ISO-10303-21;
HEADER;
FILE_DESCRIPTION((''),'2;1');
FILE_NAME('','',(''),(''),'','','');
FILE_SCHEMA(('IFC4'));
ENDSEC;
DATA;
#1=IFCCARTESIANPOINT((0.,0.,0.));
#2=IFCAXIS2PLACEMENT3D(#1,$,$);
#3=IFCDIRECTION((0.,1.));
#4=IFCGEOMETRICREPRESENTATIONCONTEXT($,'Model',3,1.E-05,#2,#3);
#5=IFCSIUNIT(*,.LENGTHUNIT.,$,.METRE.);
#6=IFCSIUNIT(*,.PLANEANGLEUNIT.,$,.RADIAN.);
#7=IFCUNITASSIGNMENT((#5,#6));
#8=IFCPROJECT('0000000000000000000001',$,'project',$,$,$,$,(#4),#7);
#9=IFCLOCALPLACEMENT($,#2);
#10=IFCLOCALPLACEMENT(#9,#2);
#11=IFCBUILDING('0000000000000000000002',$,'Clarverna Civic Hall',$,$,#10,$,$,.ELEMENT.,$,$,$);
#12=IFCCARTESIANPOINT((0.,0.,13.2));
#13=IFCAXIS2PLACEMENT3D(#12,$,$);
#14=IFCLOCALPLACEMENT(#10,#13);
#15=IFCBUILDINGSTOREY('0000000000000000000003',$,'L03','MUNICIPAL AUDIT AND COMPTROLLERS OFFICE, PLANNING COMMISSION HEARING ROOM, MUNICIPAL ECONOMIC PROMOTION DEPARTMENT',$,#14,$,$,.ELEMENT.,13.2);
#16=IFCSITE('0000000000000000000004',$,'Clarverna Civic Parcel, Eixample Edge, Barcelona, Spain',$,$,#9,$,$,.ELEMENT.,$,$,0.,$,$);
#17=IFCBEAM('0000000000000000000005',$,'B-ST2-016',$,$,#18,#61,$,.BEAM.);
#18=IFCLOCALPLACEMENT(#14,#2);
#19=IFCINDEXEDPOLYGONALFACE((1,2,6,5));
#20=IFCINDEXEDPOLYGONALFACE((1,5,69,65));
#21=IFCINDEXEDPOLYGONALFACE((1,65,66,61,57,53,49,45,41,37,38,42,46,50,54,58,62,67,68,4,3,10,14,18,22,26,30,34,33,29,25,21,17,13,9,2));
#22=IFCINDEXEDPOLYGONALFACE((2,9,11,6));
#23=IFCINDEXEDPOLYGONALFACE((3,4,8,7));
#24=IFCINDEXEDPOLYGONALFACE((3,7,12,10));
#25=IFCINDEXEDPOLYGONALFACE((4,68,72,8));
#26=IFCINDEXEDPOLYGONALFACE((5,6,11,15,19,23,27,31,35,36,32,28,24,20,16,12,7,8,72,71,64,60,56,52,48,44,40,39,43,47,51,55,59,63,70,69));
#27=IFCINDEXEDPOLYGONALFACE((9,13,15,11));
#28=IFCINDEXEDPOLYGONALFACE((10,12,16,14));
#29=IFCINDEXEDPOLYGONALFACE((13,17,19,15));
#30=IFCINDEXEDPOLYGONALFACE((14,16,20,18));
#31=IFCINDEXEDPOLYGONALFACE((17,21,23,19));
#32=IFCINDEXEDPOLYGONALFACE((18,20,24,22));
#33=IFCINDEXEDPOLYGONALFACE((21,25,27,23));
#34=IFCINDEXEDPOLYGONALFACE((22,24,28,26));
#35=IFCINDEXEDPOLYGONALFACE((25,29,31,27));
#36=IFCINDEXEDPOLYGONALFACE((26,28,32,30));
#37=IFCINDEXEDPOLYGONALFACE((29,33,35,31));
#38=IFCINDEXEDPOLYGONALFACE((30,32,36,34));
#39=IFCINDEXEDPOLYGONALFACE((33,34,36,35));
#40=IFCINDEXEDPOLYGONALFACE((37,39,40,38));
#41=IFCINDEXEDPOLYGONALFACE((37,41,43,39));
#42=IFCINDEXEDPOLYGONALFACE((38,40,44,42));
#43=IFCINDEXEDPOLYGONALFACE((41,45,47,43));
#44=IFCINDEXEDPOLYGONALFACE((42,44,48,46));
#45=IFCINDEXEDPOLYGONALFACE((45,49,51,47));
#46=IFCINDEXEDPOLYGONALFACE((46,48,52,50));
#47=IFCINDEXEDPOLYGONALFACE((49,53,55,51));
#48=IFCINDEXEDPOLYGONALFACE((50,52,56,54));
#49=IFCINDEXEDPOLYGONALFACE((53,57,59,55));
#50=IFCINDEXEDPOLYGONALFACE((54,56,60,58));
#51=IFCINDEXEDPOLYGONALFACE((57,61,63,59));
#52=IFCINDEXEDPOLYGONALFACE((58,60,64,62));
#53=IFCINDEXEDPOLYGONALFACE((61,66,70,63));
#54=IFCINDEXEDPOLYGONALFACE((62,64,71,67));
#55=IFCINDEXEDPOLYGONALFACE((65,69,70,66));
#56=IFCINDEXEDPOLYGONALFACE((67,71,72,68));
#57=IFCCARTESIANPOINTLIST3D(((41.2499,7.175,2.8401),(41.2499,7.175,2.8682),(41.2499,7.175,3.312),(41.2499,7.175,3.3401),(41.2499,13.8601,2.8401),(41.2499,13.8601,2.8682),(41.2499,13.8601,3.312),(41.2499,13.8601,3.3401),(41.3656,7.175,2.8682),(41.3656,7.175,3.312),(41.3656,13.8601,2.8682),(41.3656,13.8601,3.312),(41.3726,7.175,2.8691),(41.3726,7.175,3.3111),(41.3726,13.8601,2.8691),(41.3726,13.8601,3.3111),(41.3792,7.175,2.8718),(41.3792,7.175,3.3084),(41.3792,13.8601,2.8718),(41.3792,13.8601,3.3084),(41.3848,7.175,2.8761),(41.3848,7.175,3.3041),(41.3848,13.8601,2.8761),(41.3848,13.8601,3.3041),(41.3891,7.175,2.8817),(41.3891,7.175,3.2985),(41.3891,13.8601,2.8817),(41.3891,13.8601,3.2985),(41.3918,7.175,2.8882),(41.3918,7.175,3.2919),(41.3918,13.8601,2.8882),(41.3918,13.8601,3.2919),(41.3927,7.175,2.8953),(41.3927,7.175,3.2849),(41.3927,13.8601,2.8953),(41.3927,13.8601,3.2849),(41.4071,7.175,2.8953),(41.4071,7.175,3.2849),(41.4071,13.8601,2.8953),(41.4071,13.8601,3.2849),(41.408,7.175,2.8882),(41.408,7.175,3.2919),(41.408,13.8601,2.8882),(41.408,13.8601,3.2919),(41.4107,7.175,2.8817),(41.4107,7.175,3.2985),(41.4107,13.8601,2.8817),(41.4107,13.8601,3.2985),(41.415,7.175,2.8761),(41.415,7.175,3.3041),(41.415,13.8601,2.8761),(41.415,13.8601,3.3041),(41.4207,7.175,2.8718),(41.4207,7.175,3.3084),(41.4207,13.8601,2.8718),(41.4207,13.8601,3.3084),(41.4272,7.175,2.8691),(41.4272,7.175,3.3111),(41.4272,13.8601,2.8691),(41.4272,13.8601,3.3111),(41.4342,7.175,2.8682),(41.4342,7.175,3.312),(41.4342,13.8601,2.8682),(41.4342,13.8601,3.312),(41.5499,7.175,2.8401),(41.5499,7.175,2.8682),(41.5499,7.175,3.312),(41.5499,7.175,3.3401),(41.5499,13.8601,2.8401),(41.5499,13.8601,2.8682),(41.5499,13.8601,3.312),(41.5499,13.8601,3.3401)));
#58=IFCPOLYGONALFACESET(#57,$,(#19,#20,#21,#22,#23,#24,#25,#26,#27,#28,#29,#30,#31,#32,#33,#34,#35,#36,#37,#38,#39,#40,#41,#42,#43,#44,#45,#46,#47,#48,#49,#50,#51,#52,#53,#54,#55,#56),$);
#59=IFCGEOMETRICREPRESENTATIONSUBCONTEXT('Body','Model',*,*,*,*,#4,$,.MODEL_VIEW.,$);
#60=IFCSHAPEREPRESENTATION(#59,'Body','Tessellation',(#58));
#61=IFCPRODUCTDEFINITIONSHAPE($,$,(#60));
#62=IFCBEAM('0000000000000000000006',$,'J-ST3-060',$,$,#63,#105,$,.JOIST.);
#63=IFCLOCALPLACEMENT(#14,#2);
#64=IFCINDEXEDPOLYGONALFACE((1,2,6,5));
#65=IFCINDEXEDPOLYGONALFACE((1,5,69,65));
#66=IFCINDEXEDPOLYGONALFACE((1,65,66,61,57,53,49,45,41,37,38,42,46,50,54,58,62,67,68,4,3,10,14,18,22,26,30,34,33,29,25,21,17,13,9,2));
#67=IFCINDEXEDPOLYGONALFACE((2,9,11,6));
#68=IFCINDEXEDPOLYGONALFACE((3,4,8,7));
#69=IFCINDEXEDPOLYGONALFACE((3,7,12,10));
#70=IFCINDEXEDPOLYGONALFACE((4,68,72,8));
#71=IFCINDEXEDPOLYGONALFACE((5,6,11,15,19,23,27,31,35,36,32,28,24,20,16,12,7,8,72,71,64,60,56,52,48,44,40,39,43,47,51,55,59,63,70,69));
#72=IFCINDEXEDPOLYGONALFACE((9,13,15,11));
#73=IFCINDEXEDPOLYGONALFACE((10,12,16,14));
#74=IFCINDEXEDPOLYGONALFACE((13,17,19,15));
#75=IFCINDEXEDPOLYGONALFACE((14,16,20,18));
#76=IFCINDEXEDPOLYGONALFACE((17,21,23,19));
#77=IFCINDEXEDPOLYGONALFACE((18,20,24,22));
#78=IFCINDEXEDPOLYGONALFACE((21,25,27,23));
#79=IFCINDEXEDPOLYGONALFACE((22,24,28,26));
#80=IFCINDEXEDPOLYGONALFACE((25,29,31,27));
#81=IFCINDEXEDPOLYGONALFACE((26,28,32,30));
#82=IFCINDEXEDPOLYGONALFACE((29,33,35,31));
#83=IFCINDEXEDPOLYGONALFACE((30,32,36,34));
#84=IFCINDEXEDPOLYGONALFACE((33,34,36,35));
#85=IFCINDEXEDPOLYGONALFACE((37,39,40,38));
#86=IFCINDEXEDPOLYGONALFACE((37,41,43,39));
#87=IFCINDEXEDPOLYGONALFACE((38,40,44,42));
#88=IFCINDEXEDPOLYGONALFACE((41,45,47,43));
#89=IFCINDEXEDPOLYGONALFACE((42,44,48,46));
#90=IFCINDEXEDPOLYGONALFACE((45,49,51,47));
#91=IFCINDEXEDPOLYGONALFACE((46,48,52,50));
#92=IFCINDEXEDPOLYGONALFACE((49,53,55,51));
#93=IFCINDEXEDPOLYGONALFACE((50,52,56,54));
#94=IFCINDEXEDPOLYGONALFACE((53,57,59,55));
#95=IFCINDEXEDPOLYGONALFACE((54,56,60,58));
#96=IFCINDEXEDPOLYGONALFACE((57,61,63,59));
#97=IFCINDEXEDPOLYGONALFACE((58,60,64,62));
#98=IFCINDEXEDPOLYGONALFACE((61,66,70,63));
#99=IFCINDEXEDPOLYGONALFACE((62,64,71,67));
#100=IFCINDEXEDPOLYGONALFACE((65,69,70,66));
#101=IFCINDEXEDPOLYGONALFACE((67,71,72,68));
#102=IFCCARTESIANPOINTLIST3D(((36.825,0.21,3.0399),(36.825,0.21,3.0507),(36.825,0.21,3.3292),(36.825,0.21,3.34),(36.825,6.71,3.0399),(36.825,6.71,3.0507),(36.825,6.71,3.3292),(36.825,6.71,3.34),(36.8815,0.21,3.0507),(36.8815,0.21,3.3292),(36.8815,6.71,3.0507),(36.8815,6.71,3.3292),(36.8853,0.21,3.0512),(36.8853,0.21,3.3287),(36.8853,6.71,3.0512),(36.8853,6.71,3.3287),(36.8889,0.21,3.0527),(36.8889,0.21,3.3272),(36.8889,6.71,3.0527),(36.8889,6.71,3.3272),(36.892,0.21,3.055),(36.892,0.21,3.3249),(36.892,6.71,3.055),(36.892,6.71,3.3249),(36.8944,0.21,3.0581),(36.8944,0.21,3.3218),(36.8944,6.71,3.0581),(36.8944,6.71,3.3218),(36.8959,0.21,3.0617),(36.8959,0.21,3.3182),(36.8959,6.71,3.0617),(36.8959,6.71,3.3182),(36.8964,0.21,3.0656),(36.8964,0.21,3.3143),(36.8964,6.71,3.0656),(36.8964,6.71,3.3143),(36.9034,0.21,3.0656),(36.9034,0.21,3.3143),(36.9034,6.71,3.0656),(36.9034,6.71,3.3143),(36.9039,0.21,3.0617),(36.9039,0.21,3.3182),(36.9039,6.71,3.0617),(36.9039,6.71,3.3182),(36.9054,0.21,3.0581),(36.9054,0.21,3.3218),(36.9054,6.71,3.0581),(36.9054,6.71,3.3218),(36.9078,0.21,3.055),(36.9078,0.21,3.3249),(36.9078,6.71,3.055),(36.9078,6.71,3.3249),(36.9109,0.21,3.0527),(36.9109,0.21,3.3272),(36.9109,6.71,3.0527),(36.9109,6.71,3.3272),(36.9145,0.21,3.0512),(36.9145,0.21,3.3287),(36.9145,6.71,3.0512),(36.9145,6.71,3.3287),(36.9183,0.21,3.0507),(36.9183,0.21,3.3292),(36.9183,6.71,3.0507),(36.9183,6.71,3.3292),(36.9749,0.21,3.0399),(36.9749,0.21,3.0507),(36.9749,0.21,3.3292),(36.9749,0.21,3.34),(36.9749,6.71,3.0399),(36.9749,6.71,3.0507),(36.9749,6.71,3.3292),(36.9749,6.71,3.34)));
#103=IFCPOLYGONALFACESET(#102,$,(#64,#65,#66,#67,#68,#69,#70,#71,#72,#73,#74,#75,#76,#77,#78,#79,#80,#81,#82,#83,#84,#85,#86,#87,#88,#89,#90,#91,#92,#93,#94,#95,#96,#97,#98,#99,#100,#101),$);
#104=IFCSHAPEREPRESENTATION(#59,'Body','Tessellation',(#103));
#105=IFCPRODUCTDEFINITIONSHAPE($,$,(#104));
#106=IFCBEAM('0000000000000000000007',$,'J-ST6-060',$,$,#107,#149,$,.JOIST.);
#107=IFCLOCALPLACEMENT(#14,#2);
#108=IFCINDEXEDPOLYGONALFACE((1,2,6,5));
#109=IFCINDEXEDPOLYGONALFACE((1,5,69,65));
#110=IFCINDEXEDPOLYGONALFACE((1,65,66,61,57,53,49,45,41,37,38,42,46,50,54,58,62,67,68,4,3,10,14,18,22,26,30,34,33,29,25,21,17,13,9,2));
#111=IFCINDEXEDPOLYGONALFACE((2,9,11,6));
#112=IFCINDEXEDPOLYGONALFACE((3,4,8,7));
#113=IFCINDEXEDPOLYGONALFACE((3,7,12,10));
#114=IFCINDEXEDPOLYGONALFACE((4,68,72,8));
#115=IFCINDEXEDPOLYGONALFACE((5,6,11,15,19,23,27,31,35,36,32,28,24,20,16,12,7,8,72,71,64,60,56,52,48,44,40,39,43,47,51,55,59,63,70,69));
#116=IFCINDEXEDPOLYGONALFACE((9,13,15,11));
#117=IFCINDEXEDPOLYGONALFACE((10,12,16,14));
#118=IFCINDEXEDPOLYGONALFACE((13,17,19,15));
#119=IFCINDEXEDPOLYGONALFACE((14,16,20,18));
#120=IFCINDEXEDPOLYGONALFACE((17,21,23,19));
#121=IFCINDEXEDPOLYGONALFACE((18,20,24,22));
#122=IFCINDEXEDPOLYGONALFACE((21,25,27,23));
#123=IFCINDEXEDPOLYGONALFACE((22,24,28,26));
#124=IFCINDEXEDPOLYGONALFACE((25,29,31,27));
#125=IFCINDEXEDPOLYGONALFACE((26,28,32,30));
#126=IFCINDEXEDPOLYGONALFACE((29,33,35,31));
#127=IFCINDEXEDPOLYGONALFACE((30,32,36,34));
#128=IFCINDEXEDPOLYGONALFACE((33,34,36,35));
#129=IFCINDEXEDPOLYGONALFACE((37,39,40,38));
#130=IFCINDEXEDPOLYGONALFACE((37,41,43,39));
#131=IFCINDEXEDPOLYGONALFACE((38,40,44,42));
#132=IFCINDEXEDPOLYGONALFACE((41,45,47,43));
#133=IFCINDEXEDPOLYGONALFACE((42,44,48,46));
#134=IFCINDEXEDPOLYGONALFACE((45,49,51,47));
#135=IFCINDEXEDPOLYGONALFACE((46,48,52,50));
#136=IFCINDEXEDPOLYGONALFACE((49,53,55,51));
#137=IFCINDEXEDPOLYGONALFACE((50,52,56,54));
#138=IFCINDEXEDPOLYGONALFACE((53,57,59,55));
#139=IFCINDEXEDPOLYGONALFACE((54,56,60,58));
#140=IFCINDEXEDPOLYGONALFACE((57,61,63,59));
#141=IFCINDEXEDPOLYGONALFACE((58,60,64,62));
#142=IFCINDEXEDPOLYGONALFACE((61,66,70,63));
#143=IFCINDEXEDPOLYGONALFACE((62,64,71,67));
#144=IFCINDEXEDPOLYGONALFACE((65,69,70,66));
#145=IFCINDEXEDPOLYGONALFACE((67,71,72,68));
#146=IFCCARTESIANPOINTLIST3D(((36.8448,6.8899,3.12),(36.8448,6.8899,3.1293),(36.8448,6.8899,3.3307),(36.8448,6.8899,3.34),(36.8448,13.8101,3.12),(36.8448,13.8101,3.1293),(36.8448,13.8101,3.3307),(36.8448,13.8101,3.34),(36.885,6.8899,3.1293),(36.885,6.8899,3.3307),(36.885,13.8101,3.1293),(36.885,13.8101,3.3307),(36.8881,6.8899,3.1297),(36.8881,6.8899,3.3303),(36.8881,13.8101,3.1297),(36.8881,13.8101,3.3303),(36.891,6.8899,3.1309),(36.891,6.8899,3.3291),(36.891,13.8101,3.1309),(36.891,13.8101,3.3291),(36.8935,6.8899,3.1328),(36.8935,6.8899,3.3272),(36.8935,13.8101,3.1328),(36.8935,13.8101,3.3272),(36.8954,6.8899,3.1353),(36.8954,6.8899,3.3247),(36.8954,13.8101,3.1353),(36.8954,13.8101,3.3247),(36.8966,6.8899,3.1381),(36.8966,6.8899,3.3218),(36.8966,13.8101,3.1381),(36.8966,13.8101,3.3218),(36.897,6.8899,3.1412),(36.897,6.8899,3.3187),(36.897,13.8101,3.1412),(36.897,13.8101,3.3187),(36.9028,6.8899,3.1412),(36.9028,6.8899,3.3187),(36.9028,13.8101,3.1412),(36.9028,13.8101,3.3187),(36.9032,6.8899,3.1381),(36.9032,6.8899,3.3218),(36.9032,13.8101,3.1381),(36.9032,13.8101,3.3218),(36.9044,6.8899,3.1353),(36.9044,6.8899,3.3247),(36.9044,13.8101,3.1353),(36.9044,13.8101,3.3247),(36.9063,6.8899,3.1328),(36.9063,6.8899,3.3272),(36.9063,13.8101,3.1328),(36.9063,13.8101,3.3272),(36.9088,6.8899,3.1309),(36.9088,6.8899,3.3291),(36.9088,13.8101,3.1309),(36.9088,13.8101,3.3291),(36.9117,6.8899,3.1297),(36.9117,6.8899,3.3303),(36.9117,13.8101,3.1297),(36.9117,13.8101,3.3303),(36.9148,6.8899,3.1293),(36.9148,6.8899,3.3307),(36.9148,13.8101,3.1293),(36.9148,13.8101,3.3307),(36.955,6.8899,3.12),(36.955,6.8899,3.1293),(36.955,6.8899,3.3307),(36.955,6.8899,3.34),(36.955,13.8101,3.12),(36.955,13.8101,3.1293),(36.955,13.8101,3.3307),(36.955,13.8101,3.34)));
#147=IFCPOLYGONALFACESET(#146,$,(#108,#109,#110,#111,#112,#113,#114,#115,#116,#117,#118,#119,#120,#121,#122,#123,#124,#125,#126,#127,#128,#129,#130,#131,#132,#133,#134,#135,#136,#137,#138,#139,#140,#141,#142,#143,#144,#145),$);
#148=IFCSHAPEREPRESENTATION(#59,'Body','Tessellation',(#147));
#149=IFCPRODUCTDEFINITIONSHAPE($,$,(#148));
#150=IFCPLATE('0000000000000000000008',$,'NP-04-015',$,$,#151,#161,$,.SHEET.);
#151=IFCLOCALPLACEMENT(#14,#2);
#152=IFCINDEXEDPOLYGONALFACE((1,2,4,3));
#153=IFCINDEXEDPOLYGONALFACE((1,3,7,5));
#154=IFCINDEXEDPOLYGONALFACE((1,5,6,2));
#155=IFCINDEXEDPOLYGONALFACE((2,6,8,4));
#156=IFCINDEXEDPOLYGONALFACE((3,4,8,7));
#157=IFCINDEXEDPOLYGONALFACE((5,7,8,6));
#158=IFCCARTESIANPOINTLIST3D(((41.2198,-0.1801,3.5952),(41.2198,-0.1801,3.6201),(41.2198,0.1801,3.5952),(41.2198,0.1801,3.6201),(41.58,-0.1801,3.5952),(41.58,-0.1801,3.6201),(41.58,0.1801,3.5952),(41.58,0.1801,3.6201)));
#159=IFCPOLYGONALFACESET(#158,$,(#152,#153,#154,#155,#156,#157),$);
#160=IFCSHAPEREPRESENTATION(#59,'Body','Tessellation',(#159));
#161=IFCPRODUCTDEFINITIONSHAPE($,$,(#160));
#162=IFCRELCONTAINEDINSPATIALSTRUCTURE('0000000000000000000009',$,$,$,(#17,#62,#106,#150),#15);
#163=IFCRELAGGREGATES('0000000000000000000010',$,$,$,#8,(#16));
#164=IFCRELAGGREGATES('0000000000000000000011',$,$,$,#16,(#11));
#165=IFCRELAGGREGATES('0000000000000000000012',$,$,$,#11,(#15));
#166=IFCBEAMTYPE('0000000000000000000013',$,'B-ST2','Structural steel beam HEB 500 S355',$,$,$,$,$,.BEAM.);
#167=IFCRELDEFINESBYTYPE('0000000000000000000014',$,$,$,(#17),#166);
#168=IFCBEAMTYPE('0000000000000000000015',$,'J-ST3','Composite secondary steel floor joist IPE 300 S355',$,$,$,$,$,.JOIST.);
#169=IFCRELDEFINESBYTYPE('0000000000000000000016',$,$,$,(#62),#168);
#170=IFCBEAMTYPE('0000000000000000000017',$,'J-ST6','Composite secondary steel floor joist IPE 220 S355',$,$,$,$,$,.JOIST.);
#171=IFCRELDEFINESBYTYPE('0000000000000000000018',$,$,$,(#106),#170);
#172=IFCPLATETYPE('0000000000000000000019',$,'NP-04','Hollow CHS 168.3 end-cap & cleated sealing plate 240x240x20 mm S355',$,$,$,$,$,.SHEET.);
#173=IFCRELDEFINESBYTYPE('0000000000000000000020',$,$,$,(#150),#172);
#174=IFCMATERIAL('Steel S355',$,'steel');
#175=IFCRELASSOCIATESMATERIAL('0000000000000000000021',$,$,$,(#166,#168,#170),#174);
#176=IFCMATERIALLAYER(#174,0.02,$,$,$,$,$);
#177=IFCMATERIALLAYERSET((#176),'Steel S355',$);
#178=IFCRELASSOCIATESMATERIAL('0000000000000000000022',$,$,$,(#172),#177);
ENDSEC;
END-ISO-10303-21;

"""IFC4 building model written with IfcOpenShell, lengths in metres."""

from ifc_helpers import new_model, si_unit, direction, frame, origin, origin_2d, place, context, subcontext, project, spatial, rectangle, i_section, extrude, material, layer, layer_set, material_profile, profile_set, type_object, element, save


model = new_model("IFC4")

# Units and contexts
model_context = context("Model", 3, precision=1e-05, world=origin(), true_north=direction((0.0, 1.0)))
body_context = subcontext(model_context, "Body", "Model", "MODEL_VIEW")
ifc_project = project(units=[si_unit("LENGTHUNIT", "METRE"), si_unit("PLANEANGLEUNIT", "RADIAN")], contexts=[model_context])

# Site, building, storey
site_placement = place(None, origin())
site = spatial("IfcSite", under=ifc_project, at=site_placement, Name="Clarverna Civic Parcel, Eixample Edge, Barcelona, Spain", CompositionType="ELEMENT", RefElevation=0.0)
building_placement = place(site_placement, origin())
building = spatial("IfcBuilding", under=site, at=building_placement, Name="Clarverna Civic Hall", CompositionType="ELEMENT")
storey_placement = place(building_placement, frame((0.0, 0.0, 13.2)))
storey = spatial("IfcBuildingStorey", under=building, at=storey_placement, Name="L03", Description="MUNICIPAL AUDIT AND COMPTROLLERS OFFICE, PLANNING COMMISSION HEARING ROOM, MUNICIPAL ECONOMIC PROMOTION DEPARTMENT", CompositionType="ELEMENT", Elevation=13.2)

# Shared definitions
ifc_material_1 = material(Name="Steel S355", Category="steel")

# Beams
ifc_material_profile_1 = material_profile(ifc_material_1, i_section(OverallWidth=0.3, OverallDepth=0.5, WebThickness=0.0144, FlangeThickness=0.0281, FilletRadius=0.0271, at=origin_2d()), Name="HEB 500")
ifc_profile_set_1 = profile_set([ifc_material_profile_1], Name="Steel S355")
beam_type_1 = type_object("IfcBeamType", Name="B-ST2", Description="Structural steel beam HEB 500 S355", PredefinedType="BEAM", material=ifc_profile_set_1)
beam_1_placement = place(storey_placement, frame((41.3999, 7.175, 3.0901), z_axis=(0.0, 1.0, 0.0), x_axis=(-1.0, 0.0, 0.0)))
element("IfcBeam", 1, at=beam_1_placement, inside=storey, type_object=beam_type_1, Name="B-ST2-016", PredefinedType="BEAM", context=body_context, shape_type="SweptSolid", body=[
    extrude(i_section(OverallWidth=0.3, OverallDepth=0.5, WebThickness=0.0144, FlangeThickness=0.0281, FilletRadius=0.0271, at=origin_2d()), origin(), (0.0, 0.0, 1.0), 6.6851),
])
ifc_material_profile_2 = material_profile(ifc_material_1, i_section(OverallWidth=0.1499, OverallDepth=0.3, WebThickness=0.0071, FlangeThickness=0.0107, FilletRadius=0.0149, at=origin_2d()), Name="IPE 300")
ifc_profile_set_2 = profile_set([ifc_material_profile_2], Name="Steel S355")
beam_type_2 = type_object("IfcBeamType", Name="J-ST3", Description="Composite secondary steel floor joist IPE 300 S355", PredefinedType="JOIST", material=ifc_profile_set_2)
beam_2_placement = place(storey_placement, frame((36.8999, 0.21, 3.1899), z_axis=(0.0, 1.0, 0.0), x_axis=(-1.0, 0.0, 0.0)))
element("IfcBeam", 2, at=beam_2_placement, inside=storey, type_object=beam_type_2, Name="J-ST3-060", PredefinedType="JOIST", context=body_context, shape_type="SweptSolid", body=[
    extrude(i_section(OverallWidth=0.1499, OverallDepth=0.3, WebThickness=0.0071, FlangeThickness=0.0107, FilletRadius=0.0149, at=origin_2d()), origin(), (0.0, 0.0, 1.0), 6.5),
])
ifc_material_profile_3 = material_profile(ifc_material_1, i_section(OverallWidth=0.1101, OverallDepth=0.22, WebThickness=0.0059, FlangeThickness=0.0093, FilletRadius=0.012, at=origin_2d()), Name="IPE 220")
ifc_profile_set_3 = profile_set([ifc_material_profile_3], Name="Steel S355")
beam_type_3 = type_object("IfcBeamType", Name="J-ST6", Description="Composite secondary steel floor joist IPE 220 S355", PredefinedType="JOIST", material=ifc_profile_set_3)
beam_3_placement = place(storey_placement, frame((36.8999, 6.8899, 3.23), z_axis=(0.0, 1.0, 0.0), x_axis=(-1.0, 0.0, 0.0)))
element("IfcBeam", 3, at=beam_3_placement, inside=storey, type_object=beam_type_3, Name="J-ST6-060", PredefinedType="JOIST", context=body_context, shape_type="SweptSolid", body=[
    extrude(i_section(OverallWidth=0.1101, OverallDepth=0.22, WebThickness=0.0059, FlangeThickness=0.0093, FilletRadius=0.012, at=origin_2d()), origin(), (0.0, 0.0, 1.0), 6.9202),
])

# Plate
ifc_layer_1 = layer(ifc_material_1, 0.02)
ifc_layer_set_1 = layer_set([ifc_layer_1], Name="Steel S355")
plate_type = type_object("IfcPlateType", Name="NP-04", Description="Hollow CHS 168.3 end-cap & cleated sealing plate 240x240x20 mm S355", PredefinedType="SHEET", material=ifc_layer_set_1)
plate_placement = place(storey_placement, frame((41.3999, 0.0, 3.5952), z_axis=(0.0, 0.0, 1.0), x_axis=(1.0, 0.0, 0.0)))
element("IfcPlate", 4, at=plate_placement, inside=storey, type_object=plate_type, Name="NP-04-015", PredefinedType="SHEET", context=body_context, shape_type="SweptSolid", body=[
    extrude(rectangle(XDim=0.3601, YDim=0.3601, at=origin_2d()), origin(), (0.0, 0.0, 1.0), 0.0249),
])

save(model, "model.ifc")
